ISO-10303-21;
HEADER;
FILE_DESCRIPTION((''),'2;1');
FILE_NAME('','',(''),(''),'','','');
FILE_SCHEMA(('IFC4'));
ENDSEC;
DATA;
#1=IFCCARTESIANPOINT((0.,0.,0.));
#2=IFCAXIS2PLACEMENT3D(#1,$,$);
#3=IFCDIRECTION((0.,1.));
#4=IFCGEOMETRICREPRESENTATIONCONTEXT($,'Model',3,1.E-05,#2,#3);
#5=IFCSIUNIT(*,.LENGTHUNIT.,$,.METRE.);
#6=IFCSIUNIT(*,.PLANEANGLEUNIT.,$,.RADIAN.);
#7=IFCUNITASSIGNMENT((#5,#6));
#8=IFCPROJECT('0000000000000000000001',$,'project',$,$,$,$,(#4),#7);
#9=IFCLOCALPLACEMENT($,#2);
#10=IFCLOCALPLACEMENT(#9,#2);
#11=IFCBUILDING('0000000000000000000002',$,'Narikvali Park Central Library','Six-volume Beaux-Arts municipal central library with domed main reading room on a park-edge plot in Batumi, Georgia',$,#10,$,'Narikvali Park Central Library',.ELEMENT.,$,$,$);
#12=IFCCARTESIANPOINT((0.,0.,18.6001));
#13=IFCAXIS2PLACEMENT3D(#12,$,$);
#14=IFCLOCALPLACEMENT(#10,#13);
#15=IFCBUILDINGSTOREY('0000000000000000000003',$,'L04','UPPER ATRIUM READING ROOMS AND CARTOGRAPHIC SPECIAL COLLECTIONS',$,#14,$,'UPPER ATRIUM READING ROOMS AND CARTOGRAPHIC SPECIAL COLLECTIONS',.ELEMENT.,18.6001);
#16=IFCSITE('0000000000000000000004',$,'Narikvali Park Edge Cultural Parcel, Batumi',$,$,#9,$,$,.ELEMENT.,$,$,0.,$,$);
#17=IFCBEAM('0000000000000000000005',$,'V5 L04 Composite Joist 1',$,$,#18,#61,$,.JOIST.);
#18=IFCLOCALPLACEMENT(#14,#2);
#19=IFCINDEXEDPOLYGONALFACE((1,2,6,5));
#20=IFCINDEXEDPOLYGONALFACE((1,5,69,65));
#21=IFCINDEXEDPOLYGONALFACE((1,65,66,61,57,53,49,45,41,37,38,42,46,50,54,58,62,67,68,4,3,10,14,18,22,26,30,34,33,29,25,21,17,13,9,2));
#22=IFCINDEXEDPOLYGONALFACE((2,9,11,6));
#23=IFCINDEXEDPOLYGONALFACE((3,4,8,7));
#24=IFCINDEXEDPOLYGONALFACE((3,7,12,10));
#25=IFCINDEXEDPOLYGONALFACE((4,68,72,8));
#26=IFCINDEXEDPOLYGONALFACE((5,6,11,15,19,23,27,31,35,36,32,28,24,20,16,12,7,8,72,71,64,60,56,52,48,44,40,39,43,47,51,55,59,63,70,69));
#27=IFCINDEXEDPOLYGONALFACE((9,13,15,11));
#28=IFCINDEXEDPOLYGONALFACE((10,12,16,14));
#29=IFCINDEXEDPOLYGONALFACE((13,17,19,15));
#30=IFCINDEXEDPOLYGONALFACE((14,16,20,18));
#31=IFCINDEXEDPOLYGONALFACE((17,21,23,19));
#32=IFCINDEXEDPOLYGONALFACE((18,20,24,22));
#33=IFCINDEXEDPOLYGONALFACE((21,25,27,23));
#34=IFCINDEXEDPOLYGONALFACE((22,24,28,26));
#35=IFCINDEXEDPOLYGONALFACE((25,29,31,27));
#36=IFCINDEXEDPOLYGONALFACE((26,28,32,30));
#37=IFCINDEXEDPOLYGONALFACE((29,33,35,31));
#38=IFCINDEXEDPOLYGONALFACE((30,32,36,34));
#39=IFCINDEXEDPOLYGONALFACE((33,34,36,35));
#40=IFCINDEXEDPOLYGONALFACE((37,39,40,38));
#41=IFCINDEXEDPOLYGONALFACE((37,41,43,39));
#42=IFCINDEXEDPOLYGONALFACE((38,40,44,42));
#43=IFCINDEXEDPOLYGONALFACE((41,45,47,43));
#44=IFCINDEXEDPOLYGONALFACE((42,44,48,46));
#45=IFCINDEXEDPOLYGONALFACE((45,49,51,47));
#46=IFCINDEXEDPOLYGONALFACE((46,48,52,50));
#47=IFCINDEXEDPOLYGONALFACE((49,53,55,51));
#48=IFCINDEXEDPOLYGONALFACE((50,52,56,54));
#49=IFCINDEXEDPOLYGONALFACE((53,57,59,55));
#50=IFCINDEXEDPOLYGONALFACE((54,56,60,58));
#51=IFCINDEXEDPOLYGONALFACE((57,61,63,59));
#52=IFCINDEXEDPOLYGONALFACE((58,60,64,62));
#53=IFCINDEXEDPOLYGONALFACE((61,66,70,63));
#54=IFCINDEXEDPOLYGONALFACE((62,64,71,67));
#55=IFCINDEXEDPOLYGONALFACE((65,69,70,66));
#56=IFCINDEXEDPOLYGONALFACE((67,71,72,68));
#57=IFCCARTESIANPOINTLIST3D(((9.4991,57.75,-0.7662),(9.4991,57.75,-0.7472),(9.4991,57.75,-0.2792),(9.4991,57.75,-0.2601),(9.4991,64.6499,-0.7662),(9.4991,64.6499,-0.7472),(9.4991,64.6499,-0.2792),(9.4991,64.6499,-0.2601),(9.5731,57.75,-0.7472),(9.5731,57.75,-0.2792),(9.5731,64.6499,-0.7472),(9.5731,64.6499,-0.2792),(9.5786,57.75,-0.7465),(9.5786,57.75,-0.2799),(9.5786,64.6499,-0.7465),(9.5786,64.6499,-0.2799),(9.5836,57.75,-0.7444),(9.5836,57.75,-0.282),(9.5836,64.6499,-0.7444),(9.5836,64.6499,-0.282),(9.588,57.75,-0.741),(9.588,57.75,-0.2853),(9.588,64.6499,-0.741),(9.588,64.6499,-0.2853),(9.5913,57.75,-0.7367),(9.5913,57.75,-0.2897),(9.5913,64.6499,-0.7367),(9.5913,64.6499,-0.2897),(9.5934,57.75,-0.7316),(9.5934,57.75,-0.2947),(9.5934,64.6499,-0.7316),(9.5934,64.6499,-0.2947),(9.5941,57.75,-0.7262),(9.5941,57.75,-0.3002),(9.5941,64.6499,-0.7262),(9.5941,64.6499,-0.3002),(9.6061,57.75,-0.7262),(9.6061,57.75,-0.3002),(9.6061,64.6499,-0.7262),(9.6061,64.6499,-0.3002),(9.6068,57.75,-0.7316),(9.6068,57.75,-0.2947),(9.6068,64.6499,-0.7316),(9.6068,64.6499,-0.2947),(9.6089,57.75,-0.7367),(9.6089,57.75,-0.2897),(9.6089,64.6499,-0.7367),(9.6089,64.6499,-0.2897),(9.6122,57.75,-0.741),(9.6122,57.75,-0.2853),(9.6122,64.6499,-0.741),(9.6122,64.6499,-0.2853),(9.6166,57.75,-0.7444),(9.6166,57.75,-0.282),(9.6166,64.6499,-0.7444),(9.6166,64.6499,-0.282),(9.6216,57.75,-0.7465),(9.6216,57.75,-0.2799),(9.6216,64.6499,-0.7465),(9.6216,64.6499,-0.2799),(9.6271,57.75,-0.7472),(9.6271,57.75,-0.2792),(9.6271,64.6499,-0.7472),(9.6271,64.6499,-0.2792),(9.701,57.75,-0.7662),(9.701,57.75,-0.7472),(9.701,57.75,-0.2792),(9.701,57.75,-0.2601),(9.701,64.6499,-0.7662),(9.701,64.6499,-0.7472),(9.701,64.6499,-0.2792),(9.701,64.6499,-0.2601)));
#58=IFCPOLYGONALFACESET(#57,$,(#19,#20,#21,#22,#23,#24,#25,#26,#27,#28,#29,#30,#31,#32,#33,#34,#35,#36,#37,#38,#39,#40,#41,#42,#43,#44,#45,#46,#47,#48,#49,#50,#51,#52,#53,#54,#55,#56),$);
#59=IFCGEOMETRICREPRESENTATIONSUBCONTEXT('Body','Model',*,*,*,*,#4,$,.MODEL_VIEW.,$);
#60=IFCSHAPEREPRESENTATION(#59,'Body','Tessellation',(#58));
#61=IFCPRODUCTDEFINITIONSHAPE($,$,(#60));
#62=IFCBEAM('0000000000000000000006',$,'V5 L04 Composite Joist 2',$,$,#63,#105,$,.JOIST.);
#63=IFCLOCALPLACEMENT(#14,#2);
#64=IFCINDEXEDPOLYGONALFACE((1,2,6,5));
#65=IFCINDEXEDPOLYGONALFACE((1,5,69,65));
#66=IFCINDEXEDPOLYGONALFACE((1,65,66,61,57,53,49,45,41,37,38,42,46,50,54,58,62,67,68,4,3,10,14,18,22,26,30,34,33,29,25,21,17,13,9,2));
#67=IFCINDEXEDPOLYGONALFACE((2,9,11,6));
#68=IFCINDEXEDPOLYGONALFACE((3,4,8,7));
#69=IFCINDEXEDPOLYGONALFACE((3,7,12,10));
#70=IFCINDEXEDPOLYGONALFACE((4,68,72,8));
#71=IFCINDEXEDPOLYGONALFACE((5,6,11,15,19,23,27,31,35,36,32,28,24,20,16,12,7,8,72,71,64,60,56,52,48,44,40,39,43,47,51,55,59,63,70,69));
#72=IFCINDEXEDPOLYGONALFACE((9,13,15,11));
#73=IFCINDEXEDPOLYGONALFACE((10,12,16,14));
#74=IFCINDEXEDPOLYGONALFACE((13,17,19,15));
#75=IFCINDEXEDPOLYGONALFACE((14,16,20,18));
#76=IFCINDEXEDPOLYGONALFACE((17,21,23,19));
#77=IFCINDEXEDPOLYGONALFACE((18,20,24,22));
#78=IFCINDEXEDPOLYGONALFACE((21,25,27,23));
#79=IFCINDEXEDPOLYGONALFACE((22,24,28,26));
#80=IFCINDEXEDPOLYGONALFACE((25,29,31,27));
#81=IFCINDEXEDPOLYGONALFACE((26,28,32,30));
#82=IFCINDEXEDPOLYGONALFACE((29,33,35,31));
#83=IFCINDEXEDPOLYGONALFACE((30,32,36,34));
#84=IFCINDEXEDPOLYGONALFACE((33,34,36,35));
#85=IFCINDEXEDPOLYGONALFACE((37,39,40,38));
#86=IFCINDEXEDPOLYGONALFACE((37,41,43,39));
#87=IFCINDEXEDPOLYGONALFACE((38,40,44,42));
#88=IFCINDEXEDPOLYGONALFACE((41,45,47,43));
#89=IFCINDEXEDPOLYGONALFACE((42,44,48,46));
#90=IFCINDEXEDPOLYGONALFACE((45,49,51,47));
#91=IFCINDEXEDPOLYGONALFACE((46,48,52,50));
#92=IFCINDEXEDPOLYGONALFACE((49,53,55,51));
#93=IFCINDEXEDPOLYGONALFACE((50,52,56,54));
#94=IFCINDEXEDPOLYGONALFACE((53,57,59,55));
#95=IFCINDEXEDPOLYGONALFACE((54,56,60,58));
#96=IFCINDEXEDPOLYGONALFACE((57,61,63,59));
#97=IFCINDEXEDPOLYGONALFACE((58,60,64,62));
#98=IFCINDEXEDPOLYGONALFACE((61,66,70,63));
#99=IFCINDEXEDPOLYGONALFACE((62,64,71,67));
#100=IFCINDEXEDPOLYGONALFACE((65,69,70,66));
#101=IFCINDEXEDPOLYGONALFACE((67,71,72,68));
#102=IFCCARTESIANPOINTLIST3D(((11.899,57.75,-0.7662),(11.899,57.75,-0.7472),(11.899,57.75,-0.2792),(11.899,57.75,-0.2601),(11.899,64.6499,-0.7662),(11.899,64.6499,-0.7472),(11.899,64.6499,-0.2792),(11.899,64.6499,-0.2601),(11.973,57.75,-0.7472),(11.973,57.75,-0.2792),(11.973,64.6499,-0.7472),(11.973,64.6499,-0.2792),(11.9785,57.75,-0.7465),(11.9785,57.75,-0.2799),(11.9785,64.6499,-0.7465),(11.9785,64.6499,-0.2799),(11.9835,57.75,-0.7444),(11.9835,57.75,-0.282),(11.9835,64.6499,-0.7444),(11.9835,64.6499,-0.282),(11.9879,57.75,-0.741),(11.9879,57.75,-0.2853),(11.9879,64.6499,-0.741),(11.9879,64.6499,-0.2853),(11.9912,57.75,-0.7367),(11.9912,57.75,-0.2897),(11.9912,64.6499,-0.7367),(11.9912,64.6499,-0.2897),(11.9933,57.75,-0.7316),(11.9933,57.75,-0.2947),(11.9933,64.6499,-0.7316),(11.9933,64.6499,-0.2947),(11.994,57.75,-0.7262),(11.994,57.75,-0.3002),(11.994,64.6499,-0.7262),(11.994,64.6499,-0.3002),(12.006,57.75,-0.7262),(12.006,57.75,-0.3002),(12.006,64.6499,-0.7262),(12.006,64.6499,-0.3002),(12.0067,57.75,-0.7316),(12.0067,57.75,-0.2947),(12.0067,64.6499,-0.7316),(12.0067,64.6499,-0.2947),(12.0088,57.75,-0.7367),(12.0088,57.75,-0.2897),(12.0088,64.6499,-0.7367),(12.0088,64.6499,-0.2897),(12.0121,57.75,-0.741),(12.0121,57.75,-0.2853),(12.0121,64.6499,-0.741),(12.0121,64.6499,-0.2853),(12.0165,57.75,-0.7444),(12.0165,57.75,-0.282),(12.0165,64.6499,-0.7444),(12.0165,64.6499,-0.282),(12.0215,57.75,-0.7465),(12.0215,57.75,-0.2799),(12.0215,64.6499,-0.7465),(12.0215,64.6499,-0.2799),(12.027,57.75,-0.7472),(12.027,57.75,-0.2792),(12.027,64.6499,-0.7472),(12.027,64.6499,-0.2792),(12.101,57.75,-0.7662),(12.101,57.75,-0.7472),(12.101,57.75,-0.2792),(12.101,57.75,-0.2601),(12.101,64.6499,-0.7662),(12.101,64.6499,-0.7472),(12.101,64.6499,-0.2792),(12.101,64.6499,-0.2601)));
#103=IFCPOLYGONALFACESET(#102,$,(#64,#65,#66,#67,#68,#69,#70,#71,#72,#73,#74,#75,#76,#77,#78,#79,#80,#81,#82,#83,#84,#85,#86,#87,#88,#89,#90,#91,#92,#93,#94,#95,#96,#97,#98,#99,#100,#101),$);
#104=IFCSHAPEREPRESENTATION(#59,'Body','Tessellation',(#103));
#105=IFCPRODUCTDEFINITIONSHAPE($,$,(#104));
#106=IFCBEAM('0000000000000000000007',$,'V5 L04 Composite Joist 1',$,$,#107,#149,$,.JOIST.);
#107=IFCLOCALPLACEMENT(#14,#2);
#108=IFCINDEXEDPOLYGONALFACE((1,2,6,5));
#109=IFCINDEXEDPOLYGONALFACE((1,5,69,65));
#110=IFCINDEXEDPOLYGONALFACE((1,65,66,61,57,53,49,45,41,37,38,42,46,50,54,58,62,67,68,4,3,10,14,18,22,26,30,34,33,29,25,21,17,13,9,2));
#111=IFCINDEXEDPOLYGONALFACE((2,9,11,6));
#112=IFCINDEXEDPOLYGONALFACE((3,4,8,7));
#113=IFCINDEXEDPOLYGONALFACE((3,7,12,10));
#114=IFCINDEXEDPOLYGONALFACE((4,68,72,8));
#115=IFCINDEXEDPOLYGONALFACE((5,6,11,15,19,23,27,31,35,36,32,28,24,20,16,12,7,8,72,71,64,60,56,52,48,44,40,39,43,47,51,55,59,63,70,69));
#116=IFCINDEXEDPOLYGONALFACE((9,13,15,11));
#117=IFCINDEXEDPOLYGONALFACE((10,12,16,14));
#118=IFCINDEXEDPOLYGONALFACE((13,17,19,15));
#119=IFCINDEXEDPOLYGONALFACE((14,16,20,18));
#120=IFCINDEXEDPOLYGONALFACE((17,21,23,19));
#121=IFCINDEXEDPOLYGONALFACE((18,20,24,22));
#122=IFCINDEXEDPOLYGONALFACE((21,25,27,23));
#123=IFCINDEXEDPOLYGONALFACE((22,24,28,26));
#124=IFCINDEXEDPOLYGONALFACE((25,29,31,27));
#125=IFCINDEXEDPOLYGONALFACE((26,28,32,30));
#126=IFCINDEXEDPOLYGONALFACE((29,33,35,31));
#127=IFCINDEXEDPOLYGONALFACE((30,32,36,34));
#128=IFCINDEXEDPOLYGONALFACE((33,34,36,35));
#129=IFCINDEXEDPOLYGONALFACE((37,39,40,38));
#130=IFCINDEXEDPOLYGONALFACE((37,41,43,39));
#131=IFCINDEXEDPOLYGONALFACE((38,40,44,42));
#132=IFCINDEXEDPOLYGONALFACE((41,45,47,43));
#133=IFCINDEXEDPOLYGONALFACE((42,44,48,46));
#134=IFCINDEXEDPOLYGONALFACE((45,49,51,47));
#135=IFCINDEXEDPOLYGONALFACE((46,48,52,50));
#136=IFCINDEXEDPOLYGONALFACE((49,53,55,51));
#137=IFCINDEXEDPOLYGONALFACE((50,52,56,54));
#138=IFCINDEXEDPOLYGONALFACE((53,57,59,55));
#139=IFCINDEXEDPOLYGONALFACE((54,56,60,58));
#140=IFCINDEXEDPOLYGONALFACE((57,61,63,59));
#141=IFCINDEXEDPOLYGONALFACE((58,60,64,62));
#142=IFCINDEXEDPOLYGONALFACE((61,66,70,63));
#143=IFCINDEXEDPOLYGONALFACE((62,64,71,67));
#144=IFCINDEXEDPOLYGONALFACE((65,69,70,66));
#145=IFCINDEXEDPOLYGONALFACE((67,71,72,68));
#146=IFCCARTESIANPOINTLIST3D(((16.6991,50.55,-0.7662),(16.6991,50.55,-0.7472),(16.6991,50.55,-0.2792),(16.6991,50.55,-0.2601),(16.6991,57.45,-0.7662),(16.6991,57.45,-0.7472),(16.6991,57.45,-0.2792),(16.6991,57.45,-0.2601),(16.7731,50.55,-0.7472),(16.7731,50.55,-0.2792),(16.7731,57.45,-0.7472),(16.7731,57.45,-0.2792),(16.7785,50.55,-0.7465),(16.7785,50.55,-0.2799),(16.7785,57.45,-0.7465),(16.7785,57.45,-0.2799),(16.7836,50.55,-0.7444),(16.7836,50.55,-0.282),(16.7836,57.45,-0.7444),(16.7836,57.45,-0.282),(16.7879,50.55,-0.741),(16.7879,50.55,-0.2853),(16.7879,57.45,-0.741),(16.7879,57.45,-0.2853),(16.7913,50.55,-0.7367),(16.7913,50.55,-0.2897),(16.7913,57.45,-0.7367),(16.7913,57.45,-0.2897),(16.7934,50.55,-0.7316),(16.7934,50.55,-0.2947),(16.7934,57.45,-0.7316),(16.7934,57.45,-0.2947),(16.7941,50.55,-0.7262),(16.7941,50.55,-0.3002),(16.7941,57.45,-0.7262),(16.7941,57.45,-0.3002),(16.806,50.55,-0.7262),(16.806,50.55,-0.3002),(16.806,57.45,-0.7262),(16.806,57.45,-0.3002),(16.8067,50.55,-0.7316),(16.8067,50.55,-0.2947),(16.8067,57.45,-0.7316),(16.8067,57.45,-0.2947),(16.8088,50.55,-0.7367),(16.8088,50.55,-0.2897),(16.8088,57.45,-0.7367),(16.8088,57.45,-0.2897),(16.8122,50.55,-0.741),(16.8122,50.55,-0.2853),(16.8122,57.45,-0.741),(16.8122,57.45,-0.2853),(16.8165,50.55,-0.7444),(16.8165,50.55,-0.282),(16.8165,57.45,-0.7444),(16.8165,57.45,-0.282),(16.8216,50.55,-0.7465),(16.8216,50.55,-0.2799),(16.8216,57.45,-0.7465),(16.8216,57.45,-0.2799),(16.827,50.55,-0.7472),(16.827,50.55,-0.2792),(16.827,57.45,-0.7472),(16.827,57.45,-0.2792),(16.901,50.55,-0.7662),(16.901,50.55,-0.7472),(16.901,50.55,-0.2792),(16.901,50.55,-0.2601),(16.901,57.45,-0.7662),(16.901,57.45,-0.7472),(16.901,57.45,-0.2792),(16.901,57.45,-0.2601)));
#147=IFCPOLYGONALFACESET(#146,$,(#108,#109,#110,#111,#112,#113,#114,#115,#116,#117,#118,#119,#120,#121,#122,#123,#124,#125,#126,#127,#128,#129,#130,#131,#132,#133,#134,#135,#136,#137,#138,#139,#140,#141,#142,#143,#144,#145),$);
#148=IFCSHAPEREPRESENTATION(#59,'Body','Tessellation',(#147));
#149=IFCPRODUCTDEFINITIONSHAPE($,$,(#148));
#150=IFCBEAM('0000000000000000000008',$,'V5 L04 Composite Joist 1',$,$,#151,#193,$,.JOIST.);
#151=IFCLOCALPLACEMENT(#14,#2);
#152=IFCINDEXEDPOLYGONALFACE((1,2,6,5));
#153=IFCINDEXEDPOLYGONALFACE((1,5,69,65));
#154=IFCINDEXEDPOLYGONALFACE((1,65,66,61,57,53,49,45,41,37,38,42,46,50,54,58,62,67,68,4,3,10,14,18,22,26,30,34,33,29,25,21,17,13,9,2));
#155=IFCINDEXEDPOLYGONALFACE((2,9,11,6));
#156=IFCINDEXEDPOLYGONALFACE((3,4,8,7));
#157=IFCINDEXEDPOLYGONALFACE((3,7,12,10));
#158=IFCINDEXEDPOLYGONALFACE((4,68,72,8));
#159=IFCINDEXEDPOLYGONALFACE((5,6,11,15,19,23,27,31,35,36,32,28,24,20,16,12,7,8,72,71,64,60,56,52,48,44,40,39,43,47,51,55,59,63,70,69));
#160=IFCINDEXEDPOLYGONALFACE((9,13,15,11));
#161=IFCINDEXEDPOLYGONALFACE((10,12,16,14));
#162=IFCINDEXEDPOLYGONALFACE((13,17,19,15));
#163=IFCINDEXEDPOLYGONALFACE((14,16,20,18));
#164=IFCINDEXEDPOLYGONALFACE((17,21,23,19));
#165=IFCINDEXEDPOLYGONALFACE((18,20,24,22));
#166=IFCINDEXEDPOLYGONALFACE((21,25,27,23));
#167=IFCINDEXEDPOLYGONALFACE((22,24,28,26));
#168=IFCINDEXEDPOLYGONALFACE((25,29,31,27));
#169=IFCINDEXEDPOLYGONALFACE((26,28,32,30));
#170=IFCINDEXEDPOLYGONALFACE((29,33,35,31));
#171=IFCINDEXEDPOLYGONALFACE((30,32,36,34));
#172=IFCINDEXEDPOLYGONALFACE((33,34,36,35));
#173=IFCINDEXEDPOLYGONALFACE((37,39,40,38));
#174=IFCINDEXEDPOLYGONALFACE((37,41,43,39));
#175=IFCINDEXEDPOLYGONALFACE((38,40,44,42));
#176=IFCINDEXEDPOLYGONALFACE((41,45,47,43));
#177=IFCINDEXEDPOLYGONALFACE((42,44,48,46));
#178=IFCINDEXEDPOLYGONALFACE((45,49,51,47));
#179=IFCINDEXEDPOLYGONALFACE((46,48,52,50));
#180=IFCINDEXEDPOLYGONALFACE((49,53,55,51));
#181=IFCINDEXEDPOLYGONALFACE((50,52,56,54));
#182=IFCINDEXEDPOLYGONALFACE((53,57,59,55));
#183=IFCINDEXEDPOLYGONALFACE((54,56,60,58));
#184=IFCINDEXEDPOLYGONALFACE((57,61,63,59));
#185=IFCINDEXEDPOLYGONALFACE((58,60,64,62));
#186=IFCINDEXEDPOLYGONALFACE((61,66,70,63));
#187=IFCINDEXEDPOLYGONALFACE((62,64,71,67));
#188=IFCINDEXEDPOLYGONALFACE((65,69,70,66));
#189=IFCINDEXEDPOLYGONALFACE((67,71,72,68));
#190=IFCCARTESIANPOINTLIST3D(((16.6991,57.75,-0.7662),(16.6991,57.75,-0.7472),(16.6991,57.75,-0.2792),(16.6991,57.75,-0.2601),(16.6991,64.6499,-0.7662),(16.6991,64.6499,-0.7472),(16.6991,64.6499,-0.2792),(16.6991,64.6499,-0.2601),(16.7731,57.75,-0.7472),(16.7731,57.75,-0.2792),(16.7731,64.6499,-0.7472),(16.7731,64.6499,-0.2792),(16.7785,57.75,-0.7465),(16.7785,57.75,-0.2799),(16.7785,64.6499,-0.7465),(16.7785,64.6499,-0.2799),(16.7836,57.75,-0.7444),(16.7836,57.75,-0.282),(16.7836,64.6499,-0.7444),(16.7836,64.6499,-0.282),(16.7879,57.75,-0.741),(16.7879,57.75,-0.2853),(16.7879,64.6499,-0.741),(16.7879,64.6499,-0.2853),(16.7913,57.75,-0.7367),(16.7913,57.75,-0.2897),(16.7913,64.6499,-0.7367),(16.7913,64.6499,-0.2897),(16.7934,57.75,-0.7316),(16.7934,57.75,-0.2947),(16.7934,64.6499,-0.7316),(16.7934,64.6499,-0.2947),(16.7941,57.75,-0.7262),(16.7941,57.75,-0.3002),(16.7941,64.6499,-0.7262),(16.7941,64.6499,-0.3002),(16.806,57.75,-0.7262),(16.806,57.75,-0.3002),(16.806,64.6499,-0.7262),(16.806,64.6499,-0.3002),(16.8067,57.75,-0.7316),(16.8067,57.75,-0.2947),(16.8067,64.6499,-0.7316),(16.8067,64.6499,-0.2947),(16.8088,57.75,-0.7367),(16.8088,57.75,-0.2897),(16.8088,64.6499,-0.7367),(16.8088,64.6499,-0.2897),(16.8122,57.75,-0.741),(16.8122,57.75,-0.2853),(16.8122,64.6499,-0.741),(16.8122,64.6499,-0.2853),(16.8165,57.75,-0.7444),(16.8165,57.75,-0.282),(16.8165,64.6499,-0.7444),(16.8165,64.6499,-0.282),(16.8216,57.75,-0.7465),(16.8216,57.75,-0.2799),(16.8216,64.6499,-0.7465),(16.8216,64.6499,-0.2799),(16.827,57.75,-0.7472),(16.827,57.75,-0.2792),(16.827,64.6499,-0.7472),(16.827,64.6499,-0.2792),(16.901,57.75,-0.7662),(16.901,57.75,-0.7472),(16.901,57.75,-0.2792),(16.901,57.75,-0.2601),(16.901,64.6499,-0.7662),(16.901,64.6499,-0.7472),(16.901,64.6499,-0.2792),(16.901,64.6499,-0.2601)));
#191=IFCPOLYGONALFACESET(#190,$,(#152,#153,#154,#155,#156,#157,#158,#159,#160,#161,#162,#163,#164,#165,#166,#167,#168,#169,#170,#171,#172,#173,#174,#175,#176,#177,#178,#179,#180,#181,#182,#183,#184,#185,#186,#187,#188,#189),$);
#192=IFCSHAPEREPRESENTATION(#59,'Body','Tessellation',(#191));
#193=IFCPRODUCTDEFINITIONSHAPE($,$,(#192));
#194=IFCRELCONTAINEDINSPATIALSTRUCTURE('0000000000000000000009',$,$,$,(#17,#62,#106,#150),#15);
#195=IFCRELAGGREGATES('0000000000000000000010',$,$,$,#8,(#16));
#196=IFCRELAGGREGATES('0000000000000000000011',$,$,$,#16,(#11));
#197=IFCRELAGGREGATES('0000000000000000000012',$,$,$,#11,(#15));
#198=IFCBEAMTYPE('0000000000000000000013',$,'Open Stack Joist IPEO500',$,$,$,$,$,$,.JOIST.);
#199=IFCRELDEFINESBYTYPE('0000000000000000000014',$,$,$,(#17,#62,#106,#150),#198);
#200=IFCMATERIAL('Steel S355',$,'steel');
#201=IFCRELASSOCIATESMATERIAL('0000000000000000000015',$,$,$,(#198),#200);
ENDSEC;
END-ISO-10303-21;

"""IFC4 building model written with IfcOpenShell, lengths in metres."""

from ifc_helpers import new_model, si_unit, direction, frame, origin, origin_2d, place, context, subcontext, project, spatial, i_section, extrude, material, material_profile, profile_set, type_object, element, save


model = new_model("IFC4")

# Units and contexts
model_context = context("Model", 3, precision=1e-05, world=origin(), true_north=direction((0.0, 1.0)))
body_context = subcontext(model_context, "Body", "Model", "MODEL_VIEW")
ifc_project = project(units=[si_unit("LENGTHUNIT", "METRE"), si_unit("PLANEANGLEUNIT", "RADIAN")], contexts=[model_context])

# Site, building, storey
site_placement = place(None, origin())
site = spatial("IfcSite", under=ifc_project, at=site_placement, Name="Narikvali Park Edge Cultural Parcel, Batumi", CompositionType="ELEMENT", RefElevation=0.0)
building_placement = place(site_placement, origin())
building = spatial("IfcBuilding", under=site, at=building_placement, Name="Narikvali Park Central Library", Description="Six-volume Beaux-Arts municipal central library with domed main reading room on a park-edge plot in Batumi, Georgia", LongName="Narikvali Park Central Library", CompositionType="ELEMENT")
storey_placement = place(building_placement, frame((0.0, 0.0, 18.6001)))
storey = spatial("IfcBuildingStorey", under=building, at=storey_placement, Name="L04", Description="UPPER ATRIUM READING ROOMS AND CARTOGRAPHIC SPECIAL COLLECTIONS", LongName="UPPER ATRIUM READING ROOMS AND CARTOGRAPHIC SPECIAL COLLECTIONS", CompositionType="ELEMENT", Elevation=18.6001)

# Shared definitions
ifc_material_1 = material(Name="Steel S355", Category="steel")

# Beams
ifc_material_profile_1 = material_profile(ifc_material_1, i_section(OverallWidth=0.2019, OverallDepth=0.5061, WebThickness=0.012, FlangeThickness=0.019, FilletRadius=0.021, at=origin_2d()), Name="IPEO 500")
ifc_profile_set_1 = profile_set([ifc_material_profile_1], Name="Steel S355")
beam_type_1 = type_object("IfcBeamType", Name="Open Stack Joist IPEO500", PredefinedType="JOIST", material=ifc_profile_set_1)
for number, where, z_axis, x_axis, name in (
    (1, (9.6001, 57.75, -0.5132), (0.0, 1.0, 0.0), (-1.0, 0.0, 0.0), "V5 L04 Composite Joist 1"),
    (2, (12.0, 57.75, -0.5132), (0.0, 1.0, 0.0), (-1.0, 0.0, 0.0), "V5 L04 Composite Joist 2"),
    (3, (16.8, 50.55, -0.5132), (0.0, 1.0, 0.0), (-1.0, 0.0, 0.0), "V5 L04 Composite Joist 1"),
    (4, (16.8, 57.75, -0.5132), (0.0, 1.0, 0.0), (-1.0, 0.0, 0.0), "V5 L04 Composite Joist 1"),
):
    element("IfcBeam", number, at=place(storey_placement, frame(where, z_axis=z_axis, x_axis=x_axis)), inside=storey, type_object=beam_type_1, Name=name, PredefinedType="JOIST", context=body_context, shape_type="SweptSolid", body=[
        extrude(i_section(OverallWidth=0.2019, OverallDepth=0.5061, WebThickness=0.012, FlangeThickness=0.019, FilletRadius=0.021, at=origin_2d()), origin(), (0.0, 0.0, 1.0), 6.8999),
    ])

save(model, "model.ifc")
